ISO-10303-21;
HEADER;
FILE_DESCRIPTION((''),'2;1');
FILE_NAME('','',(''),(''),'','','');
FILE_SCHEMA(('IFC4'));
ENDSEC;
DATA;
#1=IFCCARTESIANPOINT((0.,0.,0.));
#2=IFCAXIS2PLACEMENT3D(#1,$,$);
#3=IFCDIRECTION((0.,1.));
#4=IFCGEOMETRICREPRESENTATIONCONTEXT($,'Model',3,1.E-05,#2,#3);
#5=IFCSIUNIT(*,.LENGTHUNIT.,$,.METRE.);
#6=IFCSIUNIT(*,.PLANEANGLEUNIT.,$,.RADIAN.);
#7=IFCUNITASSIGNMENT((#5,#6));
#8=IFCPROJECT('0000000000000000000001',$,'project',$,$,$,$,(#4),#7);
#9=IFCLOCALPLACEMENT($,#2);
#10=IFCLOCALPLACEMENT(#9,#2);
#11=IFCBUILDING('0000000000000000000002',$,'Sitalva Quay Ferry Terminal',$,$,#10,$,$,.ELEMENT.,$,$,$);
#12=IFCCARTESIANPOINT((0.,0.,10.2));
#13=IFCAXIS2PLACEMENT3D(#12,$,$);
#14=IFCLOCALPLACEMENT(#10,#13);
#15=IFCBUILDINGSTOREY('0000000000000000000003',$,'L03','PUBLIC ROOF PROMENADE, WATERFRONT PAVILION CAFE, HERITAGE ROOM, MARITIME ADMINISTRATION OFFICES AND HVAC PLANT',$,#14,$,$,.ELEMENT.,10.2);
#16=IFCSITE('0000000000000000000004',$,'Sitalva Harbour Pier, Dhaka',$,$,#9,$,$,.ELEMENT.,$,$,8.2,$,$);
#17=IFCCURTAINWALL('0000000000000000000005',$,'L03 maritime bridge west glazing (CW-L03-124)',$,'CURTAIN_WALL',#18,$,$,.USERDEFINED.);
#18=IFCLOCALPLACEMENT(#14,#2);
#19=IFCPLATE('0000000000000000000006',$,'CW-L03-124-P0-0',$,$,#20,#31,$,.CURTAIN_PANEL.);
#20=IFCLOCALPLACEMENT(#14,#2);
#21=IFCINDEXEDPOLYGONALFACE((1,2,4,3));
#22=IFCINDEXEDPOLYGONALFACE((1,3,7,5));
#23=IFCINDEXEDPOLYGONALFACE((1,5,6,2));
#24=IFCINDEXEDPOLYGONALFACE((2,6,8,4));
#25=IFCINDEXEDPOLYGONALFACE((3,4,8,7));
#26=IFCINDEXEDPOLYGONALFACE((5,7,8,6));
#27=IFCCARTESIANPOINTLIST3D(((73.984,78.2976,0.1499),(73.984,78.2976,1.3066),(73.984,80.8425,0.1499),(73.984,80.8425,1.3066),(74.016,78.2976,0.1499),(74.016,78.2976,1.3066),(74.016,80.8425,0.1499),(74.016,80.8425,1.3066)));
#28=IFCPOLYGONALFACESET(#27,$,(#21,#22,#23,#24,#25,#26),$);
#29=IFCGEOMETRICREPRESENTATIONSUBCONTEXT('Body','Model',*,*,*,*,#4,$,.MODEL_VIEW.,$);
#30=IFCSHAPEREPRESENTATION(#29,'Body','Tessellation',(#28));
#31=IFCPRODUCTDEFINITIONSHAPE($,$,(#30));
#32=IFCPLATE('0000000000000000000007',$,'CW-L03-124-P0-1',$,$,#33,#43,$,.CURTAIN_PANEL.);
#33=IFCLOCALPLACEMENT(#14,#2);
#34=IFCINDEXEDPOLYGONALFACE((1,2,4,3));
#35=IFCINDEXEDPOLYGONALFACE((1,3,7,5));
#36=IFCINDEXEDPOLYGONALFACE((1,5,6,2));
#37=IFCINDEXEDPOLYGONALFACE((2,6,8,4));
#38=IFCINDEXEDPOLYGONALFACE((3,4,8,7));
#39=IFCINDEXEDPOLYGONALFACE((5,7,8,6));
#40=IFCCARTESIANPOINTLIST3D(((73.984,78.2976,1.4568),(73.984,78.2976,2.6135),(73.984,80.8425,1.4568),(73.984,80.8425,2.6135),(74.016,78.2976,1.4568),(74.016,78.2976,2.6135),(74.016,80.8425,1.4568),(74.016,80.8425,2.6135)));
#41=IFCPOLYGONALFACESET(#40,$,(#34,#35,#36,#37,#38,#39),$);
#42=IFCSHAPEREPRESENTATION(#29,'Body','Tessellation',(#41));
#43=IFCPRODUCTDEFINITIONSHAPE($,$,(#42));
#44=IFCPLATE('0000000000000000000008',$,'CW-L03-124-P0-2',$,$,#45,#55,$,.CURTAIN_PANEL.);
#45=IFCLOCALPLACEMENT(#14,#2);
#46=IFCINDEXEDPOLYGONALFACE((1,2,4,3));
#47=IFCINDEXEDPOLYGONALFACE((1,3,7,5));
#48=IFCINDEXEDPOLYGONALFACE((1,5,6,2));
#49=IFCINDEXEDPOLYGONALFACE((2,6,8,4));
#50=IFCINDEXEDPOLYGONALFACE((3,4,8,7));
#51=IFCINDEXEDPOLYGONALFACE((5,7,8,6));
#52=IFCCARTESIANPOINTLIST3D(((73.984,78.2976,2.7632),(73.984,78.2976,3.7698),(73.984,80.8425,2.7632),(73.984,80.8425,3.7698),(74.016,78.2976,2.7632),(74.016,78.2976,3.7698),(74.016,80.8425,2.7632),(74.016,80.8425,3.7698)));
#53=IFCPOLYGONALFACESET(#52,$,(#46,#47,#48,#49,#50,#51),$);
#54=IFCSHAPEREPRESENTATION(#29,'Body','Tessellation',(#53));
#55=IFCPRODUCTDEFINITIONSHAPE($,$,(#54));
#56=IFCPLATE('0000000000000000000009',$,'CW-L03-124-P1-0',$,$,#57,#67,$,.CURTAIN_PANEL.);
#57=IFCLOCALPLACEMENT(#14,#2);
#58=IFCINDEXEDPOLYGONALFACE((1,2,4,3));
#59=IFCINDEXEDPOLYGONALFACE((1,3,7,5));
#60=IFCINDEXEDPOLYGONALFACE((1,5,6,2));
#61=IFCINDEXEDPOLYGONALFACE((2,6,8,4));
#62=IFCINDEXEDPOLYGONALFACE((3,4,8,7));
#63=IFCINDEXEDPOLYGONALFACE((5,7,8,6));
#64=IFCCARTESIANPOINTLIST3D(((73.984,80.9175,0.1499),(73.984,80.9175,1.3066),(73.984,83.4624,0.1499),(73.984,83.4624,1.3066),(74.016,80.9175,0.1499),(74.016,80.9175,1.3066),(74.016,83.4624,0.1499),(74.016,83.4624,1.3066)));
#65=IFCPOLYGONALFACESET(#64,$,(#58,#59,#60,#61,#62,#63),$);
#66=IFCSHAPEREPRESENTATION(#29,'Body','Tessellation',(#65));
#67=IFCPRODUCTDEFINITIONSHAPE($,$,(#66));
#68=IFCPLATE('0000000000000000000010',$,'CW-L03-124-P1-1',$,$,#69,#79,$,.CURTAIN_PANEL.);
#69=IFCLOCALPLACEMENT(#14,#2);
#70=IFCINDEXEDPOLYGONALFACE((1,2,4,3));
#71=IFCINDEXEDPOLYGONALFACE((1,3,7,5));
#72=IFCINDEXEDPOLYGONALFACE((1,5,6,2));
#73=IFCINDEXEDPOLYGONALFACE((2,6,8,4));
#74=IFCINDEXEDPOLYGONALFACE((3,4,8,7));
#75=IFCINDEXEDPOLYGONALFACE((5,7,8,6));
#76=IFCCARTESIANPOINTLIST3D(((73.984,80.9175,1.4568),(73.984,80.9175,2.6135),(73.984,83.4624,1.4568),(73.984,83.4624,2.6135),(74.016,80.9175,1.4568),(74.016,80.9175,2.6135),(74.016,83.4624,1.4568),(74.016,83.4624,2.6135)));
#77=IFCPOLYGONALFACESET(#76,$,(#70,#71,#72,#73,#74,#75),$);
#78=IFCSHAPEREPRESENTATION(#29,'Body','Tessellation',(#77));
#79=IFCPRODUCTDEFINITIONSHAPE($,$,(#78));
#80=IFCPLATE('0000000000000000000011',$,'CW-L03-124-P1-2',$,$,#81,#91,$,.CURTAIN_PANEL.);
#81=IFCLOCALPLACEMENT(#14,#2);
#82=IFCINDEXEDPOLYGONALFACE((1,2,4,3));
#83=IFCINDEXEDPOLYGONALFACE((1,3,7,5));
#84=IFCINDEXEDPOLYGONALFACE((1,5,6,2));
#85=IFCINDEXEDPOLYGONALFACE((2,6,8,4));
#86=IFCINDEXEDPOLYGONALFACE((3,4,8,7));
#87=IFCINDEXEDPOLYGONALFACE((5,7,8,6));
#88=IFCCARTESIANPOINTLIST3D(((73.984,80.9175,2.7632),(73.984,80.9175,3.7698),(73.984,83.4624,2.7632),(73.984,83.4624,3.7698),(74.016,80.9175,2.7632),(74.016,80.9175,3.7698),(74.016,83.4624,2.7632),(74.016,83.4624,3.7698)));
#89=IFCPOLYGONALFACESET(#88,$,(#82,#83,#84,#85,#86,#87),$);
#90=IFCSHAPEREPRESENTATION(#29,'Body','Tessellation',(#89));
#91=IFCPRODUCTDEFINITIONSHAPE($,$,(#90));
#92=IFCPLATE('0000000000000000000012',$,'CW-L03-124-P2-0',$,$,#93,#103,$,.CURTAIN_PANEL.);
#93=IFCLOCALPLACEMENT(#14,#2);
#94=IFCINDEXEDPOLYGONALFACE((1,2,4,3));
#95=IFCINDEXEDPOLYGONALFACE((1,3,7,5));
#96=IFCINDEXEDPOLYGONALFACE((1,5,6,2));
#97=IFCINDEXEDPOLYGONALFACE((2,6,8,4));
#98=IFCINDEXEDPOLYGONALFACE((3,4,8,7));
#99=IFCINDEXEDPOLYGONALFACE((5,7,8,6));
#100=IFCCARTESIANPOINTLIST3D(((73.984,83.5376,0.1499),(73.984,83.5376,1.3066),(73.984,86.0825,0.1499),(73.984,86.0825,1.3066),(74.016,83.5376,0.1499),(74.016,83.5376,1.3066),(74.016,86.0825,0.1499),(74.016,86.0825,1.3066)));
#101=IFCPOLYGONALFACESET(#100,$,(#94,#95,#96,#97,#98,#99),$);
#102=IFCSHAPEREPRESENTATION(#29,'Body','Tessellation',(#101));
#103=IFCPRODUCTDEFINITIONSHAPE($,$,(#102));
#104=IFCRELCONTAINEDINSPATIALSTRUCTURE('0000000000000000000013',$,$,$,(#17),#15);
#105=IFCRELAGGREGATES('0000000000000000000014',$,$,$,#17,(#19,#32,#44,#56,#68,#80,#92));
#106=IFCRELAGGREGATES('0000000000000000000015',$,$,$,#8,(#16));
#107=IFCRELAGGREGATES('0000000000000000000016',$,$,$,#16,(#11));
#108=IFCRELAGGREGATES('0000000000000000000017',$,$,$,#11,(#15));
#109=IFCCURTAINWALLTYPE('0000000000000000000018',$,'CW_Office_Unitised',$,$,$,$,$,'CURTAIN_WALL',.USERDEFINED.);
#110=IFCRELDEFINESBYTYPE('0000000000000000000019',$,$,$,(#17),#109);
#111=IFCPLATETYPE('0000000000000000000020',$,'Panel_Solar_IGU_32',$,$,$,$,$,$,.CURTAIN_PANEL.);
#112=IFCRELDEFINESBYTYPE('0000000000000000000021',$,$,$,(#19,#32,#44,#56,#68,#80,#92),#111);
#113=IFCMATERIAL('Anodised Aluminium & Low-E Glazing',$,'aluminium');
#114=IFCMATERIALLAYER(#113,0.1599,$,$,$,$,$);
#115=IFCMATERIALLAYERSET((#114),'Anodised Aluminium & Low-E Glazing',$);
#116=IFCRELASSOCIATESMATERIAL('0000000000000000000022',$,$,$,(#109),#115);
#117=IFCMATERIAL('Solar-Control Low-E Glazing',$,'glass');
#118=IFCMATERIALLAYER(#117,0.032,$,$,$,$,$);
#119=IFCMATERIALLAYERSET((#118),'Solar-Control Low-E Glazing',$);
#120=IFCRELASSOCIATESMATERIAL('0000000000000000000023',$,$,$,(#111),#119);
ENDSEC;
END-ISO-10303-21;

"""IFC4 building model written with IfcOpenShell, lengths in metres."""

from ifc_helpers import new_model, si_unit, direction, frame, origin, origin_2d, place, context, subcontext, project, spatial, rectangle, extrude, material, layer, layer_set, type_object, element, aggregate, save


model = new_model("IFC4")

# Units and contexts
model_context = context("Model", 3, precision=1e-05, world=origin(), true_north=direction((0.0, 1.0)))
body_context = subcontext(model_context, "Body", "Model", "MODEL_VIEW")
ifc_project = project(units=[si_unit("LENGTHUNIT", "METRE"), si_unit("PLANEANGLEUNIT", "RADIAN")], contexts=[model_context])

# Site, building, storey
site_placement = place(None, origin())
site = spatial("IfcSite", under=ifc_project, at=site_placement, Name="Sitalva Harbour Pier, Dhaka", CompositionType="ELEMENT", RefElevation=8.2)
building_placement = place(site_placement, origin())
building = spatial("IfcBuilding", under=site, at=building_placement, Name="Sitalva Quay Ferry Terminal", CompositionType="ELEMENT")
storey_placement = place(building_placement, frame((0.0, 0.0, 10.2)))
storey = spatial("IfcBuildingStorey", under=building, at=storey_placement, Name="L03", Description="PUBLIC ROOF PROMENADE, WATERFRONT PAVILION CAFE, HERITAGE ROOM, MARITIME ADMINISTRATION OFFICES AND HVAC PLANT", CompositionType="ELEMENT", Elevation=10.2)

# Curtain wall, plates
ifc_material_1 = material(Name="Anodised Aluminium & Low-E Glazing", Category="aluminium")
ifc_layer_1 = layer(ifc_material_1, 0.1599)
ifc_layer_set_1 = layer_set([ifc_layer_1], Name="Anodised Aluminium & Low-E Glazing")
curtain_wall_type = type_object("IfcCurtainWallType", Name="CW_Office_Unitised", ElementType="CURTAIN_WALL", PredefinedType="USERDEFINED", material=ifc_layer_set_1)
curtain_wall_placement = place(storey_placement, origin())
curtain_wall = element("IfcCurtainWall", 1, at=curtain_wall_placement, inside=storey, type_object=curtain_wall_type, Name="L03 maritime bridge west glazing (CW-L03-124)", ObjectType="CURTAIN_WALL", PredefinedType="USERDEFINED")
ifc_material_2 = material(Name="Solar-Control Low-E Glazing", Category="glass")
ifc_layer_2 = layer(ifc_material_2, 0.032)
ifc_layer_set_2 = layer_set([ifc_layer_2], Name="Solar-Control Low-E Glazing")
plate_type = type_object("IfcPlateType", Name="Panel_Solar_IGU_32", PredefinedType="CURTAIN_PANEL", material=ifc_layer_set_2)
plate_1_placement = place(storey_placement, frame((74.0, 79.5701, 0.1499), z_axis=(0.0, 0.0, 1.0), x_axis=(0.0, 1.0, 0.0)))
plate_1 = element("IfcPlate", 2, at=plate_1_placement, type_object=plate_type, Name="CW-L03-124-P0-0", PredefinedType="CURTAIN_PANEL", context=body_context, shape_type="SweptSolid", body=[
    extrude(rectangle(XDim=2.5449, YDim=0.032, at=origin_2d()), origin(), (0.0, 0.0, 1.0), 1.1567),
])
plate_2_placement = place(storey_placement, frame((74.0, 79.5701, 1.4568), z_axis=(0.0, 0.0, 1.0), x_axis=(0.0, 1.0, 0.0)))
plate_2 = element("IfcPlate", 3, at=plate_2_placement, type_object=plate_type, Name="CW-L03-124-P0-1", PredefinedType="CURTAIN_PANEL", context=body_context, shape_type="SweptSolid", body=[
    extrude(rectangle(XDim=2.5449, YDim=0.032, at=origin_2d()), origin(), (0.0, 0.0, 1.0), 1.1567),
])
plate_3_placement = place(storey_placement, frame((74.0, 79.5701, 2.7632), z_axis=(0.0, 0.0, 1.0), x_axis=(0.0, 1.0, 0.0)))
plate_3 = element("IfcPlate", 4, at=plate_3_placement, type_object=plate_type, Name="CW-L03-124-P0-2", PredefinedType="CURTAIN_PANEL", context=body_context, shape_type="SweptSolid", body=[
    extrude(rectangle(XDim=2.5449, YDim=0.032, at=origin_2d()), origin(), (0.0, 0.0, 1.0), 1.0066),
])
plate_4_placement = place(storey_placement, frame((74.0, 82.1899, 0.1499), z_axis=(0.0, 0.0, 1.0), x_axis=(0.0, 1.0, 0.0)))
plate_4 = element("IfcPlate", 5, at=plate_4_placement, type_object=plate_type, Name="CW-L03-124-P1-0", PredefinedType="CURTAIN_PANEL", context=body_context, shape_type="SweptSolid", body=[
    extrude(rectangle(XDim=2.5449, YDim=0.032, at=origin_2d()), origin(), (0.0, 0.0, 1.0), 1.1567),
])
plate_5_placement = place(storey_placement, frame((74.0, 82.1899, 1.4568), z_axis=(0.0, 0.0, 1.0), x_axis=(0.0, 1.0, 0.0)))
plate_5 = element("IfcPlate", 6, at=plate_5_placement, type_object=plate_type, Name="CW-L03-124-P1-1", PredefinedType="CURTAIN_PANEL", context=body_context, shape_type="SweptSolid", body=[
    extrude(rectangle(XDim=2.5449, YDim=0.032, at=origin_2d()), origin(), (0.0, 0.0, 1.0), 1.1567),
])
plate_6_placement = place(storey_placement, frame((74.0, 82.1899, 2.7632), z_axis=(0.0, 0.0, 1.0), x_axis=(0.0, 1.0, 0.0)))
plate_6 = element("IfcPlate", 7, at=plate_6_placement, type_object=plate_type, Name="CW-L03-124-P1-2", PredefinedType="CURTAIN_PANEL", context=body_context, shape_type="SweptSolid", body=[
    extrude(rectangle(XDim=2.5449, YDim=0.032, at=origin_2d()), origin(), (0.0, 0.0, 1.0), 1.0066),
])
plate_7_placement = place(storey_placement, frame((74.0, 84.8101, 0.1499), z_axis=(0.0, 0.0, 1.0), x_axis=(0.0, 1.0, 0.0)))
plate_7 = element("IfcPlate", 8, at=plate_7_placement, type_object=plate_type, Name="CW-L03-124-P2-0", PredefinedType="CURTAIN_PANEL", context=body_context, shape_type="SweptSolid", body=[
    extrude(rectangle(XDim=2.5449, YDim=0.032, at=origin_2d()), origin(), (0.0, 0.0, 1.0), 1.1567),
])
aggregate(curtain_wall, [plate_1, plate_2, plate_3, plate_4, plate_5, plate_6, plate_7])

save(model, "model.ifc")
